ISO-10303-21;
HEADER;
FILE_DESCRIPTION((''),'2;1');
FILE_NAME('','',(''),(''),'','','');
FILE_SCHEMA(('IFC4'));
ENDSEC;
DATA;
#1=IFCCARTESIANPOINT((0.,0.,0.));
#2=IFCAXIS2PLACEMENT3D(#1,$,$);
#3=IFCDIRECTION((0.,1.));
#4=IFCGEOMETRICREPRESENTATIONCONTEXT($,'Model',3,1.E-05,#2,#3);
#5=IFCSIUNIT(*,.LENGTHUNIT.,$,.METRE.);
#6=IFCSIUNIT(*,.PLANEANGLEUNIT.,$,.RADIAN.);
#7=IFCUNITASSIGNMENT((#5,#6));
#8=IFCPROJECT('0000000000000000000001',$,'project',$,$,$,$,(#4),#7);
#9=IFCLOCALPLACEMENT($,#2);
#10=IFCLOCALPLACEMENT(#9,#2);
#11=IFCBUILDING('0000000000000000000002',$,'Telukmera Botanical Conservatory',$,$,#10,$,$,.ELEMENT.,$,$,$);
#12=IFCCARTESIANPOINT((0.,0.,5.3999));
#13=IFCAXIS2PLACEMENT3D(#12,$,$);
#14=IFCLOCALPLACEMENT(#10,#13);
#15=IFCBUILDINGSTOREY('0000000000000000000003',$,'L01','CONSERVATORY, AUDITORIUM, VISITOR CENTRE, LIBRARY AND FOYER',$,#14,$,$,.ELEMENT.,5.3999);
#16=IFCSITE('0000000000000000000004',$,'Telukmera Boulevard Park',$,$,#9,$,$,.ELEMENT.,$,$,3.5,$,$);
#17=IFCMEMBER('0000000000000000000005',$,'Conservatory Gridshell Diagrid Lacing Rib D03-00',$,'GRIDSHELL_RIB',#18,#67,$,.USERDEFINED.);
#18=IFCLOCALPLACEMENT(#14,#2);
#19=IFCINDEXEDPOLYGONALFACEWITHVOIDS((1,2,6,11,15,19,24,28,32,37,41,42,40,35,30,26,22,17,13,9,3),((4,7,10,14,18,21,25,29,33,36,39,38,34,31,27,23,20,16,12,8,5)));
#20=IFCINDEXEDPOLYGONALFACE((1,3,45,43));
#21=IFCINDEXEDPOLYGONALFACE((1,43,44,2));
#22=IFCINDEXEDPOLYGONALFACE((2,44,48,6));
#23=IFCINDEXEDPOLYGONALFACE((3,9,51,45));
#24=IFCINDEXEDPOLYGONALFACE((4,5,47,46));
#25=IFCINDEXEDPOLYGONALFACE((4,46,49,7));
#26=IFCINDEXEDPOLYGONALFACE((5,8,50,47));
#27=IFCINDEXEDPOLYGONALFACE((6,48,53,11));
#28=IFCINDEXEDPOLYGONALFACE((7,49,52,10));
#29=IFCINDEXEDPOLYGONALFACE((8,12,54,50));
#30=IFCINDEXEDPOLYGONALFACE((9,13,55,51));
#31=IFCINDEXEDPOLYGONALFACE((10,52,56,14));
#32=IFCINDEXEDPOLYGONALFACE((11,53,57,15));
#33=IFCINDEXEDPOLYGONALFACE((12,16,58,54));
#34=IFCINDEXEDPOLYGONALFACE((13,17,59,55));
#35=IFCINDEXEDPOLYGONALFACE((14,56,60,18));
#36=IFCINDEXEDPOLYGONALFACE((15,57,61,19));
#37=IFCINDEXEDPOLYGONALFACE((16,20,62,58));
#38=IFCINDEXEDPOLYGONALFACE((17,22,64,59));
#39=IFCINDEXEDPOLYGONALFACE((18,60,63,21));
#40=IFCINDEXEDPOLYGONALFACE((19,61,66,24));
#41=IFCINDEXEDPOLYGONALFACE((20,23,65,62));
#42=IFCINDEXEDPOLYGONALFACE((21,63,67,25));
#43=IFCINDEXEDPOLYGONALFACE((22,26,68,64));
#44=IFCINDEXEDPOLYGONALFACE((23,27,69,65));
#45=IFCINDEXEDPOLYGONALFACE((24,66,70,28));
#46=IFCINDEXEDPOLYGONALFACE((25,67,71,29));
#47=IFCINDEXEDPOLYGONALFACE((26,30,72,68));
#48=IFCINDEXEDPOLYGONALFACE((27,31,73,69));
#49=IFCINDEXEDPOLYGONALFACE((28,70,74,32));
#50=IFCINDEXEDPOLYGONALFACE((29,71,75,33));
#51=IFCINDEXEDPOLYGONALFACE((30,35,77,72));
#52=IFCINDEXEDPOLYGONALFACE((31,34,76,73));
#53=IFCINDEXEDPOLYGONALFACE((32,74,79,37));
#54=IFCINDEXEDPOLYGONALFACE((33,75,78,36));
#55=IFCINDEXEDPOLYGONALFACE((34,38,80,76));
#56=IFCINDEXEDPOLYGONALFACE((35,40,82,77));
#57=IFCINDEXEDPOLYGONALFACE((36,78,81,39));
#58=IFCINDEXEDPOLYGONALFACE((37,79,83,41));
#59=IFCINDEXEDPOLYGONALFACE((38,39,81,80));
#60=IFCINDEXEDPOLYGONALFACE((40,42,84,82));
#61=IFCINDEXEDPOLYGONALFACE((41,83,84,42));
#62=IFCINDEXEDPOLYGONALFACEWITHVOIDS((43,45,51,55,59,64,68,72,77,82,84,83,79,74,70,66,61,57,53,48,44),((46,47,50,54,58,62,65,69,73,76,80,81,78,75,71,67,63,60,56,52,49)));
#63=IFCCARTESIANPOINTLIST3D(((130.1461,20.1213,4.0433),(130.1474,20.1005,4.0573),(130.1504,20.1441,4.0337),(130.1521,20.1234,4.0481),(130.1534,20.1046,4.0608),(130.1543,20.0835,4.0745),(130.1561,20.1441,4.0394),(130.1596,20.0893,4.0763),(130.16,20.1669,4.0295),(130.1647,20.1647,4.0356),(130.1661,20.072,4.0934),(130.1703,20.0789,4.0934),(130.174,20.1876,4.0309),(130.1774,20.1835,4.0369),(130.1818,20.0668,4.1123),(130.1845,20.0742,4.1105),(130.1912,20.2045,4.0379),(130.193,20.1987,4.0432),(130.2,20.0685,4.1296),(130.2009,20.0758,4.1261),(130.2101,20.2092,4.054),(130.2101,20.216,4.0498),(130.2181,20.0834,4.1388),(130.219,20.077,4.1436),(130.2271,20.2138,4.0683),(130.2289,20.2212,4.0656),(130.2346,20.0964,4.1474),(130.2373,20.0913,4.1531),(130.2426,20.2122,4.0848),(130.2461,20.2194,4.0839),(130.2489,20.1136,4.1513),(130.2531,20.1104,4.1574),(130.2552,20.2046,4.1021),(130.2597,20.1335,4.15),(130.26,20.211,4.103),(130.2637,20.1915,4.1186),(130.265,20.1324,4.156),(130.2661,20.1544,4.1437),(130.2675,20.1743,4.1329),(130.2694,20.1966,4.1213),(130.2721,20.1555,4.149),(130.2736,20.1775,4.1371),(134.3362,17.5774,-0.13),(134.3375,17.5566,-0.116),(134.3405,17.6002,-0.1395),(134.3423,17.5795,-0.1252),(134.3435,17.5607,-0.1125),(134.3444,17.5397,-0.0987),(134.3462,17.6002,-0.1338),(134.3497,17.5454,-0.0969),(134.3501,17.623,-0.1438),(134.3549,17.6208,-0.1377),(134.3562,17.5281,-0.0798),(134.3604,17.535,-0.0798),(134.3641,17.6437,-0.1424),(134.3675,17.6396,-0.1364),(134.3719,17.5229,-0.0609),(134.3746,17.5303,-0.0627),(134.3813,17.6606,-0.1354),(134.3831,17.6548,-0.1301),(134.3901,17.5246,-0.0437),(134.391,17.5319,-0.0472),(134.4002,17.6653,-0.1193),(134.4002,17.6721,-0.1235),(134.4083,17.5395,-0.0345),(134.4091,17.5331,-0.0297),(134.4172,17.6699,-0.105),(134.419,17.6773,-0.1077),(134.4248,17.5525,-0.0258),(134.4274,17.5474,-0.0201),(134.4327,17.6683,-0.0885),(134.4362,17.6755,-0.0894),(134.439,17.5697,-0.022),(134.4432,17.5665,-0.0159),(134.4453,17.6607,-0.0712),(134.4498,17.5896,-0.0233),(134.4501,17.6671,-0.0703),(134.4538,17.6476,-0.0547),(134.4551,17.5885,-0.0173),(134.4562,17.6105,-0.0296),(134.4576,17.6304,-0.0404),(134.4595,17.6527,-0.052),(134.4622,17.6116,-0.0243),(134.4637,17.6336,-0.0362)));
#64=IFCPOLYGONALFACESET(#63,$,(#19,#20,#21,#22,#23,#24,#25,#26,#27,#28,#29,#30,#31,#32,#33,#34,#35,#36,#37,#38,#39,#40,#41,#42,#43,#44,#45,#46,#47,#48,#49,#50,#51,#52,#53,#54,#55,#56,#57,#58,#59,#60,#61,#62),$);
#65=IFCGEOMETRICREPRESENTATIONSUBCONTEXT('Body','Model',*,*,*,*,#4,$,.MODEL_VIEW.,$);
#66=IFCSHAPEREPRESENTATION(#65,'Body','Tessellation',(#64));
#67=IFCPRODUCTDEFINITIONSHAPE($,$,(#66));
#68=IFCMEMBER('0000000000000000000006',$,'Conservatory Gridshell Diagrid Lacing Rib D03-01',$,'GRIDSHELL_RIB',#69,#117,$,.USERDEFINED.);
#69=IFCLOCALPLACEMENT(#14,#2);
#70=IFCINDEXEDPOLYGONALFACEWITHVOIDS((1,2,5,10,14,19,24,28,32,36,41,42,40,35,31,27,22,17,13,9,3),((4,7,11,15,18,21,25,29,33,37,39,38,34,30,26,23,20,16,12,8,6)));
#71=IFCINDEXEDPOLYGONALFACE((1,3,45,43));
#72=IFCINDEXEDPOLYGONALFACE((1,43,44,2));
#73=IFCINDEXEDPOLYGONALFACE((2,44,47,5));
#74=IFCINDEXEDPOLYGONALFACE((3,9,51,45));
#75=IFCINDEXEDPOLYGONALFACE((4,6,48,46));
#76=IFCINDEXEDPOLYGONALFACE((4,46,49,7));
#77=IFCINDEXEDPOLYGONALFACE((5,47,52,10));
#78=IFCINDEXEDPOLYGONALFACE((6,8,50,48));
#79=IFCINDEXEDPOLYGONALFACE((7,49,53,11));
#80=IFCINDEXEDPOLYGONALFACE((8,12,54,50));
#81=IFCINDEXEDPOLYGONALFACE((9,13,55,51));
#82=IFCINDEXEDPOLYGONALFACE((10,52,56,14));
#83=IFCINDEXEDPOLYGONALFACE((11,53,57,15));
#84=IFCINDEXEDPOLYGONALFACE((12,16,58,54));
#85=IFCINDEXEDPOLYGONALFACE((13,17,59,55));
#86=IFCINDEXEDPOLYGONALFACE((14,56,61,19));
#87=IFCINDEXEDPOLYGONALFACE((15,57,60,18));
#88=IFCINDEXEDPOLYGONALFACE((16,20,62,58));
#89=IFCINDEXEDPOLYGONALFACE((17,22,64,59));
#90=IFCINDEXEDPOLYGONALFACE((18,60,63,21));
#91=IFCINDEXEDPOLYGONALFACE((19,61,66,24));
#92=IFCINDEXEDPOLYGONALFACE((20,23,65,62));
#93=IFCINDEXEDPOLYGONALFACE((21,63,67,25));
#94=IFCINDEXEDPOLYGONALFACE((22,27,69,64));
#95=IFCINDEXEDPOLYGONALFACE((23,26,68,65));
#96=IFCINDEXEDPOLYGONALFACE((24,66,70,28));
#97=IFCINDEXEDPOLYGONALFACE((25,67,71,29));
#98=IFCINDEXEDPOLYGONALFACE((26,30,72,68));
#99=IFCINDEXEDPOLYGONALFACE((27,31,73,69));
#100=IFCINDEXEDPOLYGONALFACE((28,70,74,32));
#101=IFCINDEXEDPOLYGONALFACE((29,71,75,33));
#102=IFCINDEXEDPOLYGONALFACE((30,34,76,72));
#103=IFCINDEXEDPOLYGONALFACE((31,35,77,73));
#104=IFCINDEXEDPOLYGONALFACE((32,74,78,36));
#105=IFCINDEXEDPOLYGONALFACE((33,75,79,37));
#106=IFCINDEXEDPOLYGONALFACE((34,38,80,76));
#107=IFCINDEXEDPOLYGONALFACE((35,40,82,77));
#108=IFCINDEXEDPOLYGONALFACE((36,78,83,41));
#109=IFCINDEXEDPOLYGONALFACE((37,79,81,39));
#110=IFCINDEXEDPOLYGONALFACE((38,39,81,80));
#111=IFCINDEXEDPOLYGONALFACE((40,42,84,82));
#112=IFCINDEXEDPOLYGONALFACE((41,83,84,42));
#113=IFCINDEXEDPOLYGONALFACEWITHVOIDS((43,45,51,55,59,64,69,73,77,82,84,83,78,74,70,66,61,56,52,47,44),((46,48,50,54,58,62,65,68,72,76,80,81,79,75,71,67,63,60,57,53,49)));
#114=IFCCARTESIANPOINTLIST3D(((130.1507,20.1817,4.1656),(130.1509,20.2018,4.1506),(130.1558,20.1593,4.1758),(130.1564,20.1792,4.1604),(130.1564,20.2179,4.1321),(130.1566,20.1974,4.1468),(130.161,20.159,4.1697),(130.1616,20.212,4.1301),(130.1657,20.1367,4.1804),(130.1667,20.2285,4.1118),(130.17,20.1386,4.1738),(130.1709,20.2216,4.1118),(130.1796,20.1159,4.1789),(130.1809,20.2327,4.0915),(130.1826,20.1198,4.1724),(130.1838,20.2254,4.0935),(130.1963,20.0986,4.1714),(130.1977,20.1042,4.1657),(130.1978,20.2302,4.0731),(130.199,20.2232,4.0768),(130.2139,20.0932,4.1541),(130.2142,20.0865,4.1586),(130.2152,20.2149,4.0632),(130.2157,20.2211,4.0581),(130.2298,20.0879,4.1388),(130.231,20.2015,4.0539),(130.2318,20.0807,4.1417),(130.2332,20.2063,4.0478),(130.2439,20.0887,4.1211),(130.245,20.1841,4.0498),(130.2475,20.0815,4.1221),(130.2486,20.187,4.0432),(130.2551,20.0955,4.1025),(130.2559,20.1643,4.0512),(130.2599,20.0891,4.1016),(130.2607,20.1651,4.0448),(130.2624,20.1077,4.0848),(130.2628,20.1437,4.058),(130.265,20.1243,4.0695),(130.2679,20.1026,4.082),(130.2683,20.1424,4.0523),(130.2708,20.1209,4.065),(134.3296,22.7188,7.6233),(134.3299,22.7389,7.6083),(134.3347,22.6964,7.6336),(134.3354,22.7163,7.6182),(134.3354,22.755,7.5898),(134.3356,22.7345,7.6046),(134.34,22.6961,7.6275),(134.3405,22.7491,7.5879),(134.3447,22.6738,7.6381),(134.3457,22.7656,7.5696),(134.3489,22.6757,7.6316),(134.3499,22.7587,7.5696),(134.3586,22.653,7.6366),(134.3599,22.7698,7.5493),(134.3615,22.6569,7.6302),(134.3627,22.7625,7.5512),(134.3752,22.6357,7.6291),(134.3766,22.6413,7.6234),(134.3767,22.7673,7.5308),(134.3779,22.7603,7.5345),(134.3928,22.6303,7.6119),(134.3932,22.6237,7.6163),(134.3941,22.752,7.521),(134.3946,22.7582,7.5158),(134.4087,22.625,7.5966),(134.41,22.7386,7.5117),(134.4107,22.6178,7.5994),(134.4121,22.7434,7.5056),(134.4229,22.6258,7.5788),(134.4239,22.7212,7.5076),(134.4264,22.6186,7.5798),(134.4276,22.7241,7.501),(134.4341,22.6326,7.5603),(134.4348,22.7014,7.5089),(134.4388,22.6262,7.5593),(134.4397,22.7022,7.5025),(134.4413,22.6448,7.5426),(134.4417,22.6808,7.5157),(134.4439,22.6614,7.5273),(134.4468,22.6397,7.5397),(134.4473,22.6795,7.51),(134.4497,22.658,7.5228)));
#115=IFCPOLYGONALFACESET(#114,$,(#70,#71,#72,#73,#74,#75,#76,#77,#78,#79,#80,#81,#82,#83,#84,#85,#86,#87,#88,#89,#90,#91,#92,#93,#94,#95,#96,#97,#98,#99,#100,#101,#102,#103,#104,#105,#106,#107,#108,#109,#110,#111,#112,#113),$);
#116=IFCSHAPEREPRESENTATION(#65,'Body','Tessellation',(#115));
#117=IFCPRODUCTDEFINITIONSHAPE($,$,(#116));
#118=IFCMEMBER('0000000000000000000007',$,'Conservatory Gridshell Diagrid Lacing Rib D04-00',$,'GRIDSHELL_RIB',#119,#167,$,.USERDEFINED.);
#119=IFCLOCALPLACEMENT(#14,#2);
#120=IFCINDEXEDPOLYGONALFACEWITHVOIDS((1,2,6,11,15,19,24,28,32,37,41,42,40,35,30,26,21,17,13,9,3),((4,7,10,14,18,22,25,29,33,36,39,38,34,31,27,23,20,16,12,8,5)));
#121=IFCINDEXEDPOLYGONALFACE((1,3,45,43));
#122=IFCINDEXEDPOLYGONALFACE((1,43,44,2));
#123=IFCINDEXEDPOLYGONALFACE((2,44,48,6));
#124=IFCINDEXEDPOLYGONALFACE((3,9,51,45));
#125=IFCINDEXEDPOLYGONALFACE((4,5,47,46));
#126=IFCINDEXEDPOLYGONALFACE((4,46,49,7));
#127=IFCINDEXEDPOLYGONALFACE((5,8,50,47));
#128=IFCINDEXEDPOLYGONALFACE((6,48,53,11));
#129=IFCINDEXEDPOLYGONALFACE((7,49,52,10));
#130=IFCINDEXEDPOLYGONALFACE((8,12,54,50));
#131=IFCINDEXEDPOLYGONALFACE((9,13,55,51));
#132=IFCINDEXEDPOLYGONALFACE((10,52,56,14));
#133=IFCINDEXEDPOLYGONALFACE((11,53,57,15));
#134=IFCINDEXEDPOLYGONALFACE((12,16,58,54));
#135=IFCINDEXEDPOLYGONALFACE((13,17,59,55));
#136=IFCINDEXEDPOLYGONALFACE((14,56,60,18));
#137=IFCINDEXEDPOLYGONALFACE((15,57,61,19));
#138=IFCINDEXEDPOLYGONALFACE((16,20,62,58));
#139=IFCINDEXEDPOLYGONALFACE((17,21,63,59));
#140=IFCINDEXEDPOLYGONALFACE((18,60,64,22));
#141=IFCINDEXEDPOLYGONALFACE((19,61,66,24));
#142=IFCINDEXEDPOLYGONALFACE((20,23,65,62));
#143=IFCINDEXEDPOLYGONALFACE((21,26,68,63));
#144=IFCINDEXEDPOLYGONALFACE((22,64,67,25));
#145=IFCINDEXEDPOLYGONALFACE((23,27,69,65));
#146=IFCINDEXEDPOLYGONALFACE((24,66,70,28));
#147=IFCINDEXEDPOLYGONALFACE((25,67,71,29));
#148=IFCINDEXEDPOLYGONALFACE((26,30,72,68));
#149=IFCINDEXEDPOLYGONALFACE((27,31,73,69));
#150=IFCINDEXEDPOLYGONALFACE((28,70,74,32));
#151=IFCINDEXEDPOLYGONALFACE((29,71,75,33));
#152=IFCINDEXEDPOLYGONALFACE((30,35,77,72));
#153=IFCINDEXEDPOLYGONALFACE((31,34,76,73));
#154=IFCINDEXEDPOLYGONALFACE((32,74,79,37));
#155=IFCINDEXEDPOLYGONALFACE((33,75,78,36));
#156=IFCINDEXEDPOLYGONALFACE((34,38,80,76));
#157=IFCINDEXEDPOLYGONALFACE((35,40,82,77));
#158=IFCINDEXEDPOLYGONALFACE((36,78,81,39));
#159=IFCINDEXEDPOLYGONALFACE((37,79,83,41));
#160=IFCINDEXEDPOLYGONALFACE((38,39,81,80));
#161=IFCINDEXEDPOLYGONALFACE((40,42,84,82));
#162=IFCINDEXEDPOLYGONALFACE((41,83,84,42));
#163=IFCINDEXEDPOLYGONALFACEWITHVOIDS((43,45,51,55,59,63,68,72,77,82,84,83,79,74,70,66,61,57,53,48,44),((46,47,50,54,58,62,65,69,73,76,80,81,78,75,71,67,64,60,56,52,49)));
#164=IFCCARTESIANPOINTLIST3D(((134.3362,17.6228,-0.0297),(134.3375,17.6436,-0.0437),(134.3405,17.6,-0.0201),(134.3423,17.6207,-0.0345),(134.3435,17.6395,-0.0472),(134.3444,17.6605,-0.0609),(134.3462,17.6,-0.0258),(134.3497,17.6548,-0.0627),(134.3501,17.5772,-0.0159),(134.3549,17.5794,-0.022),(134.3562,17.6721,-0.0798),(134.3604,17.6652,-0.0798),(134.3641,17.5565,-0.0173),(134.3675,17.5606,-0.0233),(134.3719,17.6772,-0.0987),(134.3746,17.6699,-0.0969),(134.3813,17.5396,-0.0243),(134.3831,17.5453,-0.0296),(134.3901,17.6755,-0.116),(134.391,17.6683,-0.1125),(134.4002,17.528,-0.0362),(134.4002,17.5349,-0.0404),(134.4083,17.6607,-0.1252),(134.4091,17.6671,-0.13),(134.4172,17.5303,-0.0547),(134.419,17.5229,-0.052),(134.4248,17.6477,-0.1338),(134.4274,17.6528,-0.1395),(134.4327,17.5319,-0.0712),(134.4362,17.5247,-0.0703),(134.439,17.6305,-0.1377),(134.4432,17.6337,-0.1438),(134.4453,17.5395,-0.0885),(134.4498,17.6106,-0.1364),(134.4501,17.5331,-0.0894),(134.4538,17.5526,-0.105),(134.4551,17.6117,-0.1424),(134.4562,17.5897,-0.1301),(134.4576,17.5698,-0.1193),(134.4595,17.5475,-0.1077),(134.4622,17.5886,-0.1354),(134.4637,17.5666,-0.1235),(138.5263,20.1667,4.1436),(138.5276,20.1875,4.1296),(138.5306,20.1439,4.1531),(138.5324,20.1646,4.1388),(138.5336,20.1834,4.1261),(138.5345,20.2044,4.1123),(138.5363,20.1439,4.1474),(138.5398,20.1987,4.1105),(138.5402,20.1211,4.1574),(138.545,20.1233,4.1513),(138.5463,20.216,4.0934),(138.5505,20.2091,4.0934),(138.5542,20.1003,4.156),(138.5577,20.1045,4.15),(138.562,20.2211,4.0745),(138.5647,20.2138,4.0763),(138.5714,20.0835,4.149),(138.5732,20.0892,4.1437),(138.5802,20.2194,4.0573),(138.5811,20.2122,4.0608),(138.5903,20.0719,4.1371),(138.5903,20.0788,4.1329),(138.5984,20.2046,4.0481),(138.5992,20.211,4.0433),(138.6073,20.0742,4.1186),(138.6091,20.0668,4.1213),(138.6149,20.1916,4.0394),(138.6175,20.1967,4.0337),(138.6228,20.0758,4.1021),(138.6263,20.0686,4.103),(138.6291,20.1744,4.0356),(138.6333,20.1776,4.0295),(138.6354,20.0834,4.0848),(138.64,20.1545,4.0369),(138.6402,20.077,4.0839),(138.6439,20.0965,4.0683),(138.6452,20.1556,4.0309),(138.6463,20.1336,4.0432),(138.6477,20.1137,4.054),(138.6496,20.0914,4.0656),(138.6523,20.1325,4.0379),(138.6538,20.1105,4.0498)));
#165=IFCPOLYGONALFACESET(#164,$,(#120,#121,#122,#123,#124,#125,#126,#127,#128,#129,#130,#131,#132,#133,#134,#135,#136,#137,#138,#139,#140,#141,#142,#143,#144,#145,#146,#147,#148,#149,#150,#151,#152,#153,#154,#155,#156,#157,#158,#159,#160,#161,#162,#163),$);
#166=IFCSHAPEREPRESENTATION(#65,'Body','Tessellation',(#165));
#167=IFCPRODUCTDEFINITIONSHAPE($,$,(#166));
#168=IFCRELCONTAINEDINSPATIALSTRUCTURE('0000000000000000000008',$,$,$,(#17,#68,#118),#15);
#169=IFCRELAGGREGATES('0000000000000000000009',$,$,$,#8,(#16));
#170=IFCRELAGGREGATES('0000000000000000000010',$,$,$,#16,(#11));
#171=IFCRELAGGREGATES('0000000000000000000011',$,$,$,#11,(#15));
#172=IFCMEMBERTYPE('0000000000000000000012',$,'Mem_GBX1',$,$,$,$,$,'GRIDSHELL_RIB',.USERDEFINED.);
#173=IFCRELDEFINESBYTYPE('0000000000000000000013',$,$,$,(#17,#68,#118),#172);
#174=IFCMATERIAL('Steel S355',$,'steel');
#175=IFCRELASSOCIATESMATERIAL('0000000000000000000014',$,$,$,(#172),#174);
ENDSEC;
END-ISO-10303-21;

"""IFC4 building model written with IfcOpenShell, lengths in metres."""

from ifc_helpers import new_model, si_unit, direction, frame, origin, origin_2d, place, context, subcontext, project, spatial, hollow_circle, extrude, material, material_profile, profile_set, type_object, element, save


model = new_model("IFC4")

# Units and contexts
model_context = context("Model", 3, precision=1e-05, world=origin(), true_north=direction((0.0, 1.0)))
body_context = subcontext(model_context, "Body", "Model", "MODEL_VIEW")
ifc_project = project(units=[si_unit("LENGTHUNIT", "METRE"), si_unit("PLANEANGLEUNIT", "RADIAN")], contexts=[model_context])

# Site, building, storey
site_placement = place(None, origin())
site = spatial("IfcSite", under=ifc_project, at=site_placement, Name="Telukmera Boulevard Park", CompositionType="ELEMENT", RefElevation=3.5)
building_placement = place(site_placement, origin())
building = spatial("IfcBuilding", under=site, at=building_placement, Name="Telukmera Botanical Conservatory", CompositionType="ELEMENT")
storey_placement = place(building_placement, frame((0.0, 0.0, 5.3999)))
storey = spatial("IfcBuildingStorey", under=building, at=storey_placement, Name="L01", Description="CONSERVATORY, AUDITORIUM, VISITOR CENTRE, LIBRARY AND FOYER", CompositionType="ELEMENT", Elevation=5.3999)

# Shared definitions
ifc_material_1 = material(Name="Steel S355", Category="steel")

# Members
ifc_material_profile_1 = material_profile(ifc_material_1, hollow_circle(Radius=0.0842, WallThickness=0.0081, at=origin_2d()), Name="CHS 168.3x8.0")
ifc_profile_set_1 = profile_set([ifc_material_profile_1], Name="Steel S355")
member_type_1 = type_object("IfcMemberType", Name="Mem_GBX1", ElementType="GRIDSHELL_RIB", PredefinedType="USERDEFINED", material=ifc_profile_set_1)
member_1_placement = place(storey_placement, frame((134.3999, 17.6001, -0.0798), z_axis=(-0.650866, 0.395154, 0.648249), x_axis=(-0.518964, -0.854796, 0.0)))
element("IfcMember", 1, at=member_1_placement, inside=storey, type_object=member_type_1, Name="Conservatory Gridshell Diagrid Lacing Rib D03-00", ObjectType="GRIDSHELL_RIB", PredefinedType="USERDEFINED", context=body_context, shape_type="SweptSolid", body=[
    extrude(hollow_circle(Radius=0.0842, WallThickness=0.0081, at=origin_2d()), origin(), (0.0, 0.0, 1.0), 6.4377),
])
member_2_placement = place(storey_placement, frame((130.2104, 20.1565, 4.1118), z_axis=(0.697883, 0.423696, 0.577444), x_axis=(-0.518961, 0.854798, 0.0)))
element("IfcMember", 2, at=member_2_placement, inside=storey, type_object=member_type_1, Name="Conservatory Gridshell Diagrid Lacing Rib D03-01", ObjectType="GRIDSHELL_RIB", PredefinedType="USERDEFINED", context=body_context, shape_type="SweptSolid", body=[
    extrude(hollow_circle(Radius=0.0842, WallThickness=0.0081, at=origin_2d()), origin(), (0.0, 0.0, 1.0), 5.988),
])
member_3_placement = place(storey_placement, frame((134.3999, 17.6001, -0.0798), z_axis=(0.650866, 0.395154, 0.648249), x_axis=(-0.518964, 0.854796, 0.0)))
element("IfcMember", 3, at=member_3_placement, inside=storey, type_object=member_type_1, Name="Conservatory Gridshell Diagrid Lacing Rib D04-00", ObjectType="GRIDSHELL_RIB", PredefinedType="USERDEFINED", context=body_context, shape_type="SweptSolid", body=[
    extrude(hollow_circle(Radius=0.0842, WallThickness=0.0081, at=origin_2d()), origin(), (0.0, 0.0, 1.0), 6.4377),
])

save(model, "model.ifc")
